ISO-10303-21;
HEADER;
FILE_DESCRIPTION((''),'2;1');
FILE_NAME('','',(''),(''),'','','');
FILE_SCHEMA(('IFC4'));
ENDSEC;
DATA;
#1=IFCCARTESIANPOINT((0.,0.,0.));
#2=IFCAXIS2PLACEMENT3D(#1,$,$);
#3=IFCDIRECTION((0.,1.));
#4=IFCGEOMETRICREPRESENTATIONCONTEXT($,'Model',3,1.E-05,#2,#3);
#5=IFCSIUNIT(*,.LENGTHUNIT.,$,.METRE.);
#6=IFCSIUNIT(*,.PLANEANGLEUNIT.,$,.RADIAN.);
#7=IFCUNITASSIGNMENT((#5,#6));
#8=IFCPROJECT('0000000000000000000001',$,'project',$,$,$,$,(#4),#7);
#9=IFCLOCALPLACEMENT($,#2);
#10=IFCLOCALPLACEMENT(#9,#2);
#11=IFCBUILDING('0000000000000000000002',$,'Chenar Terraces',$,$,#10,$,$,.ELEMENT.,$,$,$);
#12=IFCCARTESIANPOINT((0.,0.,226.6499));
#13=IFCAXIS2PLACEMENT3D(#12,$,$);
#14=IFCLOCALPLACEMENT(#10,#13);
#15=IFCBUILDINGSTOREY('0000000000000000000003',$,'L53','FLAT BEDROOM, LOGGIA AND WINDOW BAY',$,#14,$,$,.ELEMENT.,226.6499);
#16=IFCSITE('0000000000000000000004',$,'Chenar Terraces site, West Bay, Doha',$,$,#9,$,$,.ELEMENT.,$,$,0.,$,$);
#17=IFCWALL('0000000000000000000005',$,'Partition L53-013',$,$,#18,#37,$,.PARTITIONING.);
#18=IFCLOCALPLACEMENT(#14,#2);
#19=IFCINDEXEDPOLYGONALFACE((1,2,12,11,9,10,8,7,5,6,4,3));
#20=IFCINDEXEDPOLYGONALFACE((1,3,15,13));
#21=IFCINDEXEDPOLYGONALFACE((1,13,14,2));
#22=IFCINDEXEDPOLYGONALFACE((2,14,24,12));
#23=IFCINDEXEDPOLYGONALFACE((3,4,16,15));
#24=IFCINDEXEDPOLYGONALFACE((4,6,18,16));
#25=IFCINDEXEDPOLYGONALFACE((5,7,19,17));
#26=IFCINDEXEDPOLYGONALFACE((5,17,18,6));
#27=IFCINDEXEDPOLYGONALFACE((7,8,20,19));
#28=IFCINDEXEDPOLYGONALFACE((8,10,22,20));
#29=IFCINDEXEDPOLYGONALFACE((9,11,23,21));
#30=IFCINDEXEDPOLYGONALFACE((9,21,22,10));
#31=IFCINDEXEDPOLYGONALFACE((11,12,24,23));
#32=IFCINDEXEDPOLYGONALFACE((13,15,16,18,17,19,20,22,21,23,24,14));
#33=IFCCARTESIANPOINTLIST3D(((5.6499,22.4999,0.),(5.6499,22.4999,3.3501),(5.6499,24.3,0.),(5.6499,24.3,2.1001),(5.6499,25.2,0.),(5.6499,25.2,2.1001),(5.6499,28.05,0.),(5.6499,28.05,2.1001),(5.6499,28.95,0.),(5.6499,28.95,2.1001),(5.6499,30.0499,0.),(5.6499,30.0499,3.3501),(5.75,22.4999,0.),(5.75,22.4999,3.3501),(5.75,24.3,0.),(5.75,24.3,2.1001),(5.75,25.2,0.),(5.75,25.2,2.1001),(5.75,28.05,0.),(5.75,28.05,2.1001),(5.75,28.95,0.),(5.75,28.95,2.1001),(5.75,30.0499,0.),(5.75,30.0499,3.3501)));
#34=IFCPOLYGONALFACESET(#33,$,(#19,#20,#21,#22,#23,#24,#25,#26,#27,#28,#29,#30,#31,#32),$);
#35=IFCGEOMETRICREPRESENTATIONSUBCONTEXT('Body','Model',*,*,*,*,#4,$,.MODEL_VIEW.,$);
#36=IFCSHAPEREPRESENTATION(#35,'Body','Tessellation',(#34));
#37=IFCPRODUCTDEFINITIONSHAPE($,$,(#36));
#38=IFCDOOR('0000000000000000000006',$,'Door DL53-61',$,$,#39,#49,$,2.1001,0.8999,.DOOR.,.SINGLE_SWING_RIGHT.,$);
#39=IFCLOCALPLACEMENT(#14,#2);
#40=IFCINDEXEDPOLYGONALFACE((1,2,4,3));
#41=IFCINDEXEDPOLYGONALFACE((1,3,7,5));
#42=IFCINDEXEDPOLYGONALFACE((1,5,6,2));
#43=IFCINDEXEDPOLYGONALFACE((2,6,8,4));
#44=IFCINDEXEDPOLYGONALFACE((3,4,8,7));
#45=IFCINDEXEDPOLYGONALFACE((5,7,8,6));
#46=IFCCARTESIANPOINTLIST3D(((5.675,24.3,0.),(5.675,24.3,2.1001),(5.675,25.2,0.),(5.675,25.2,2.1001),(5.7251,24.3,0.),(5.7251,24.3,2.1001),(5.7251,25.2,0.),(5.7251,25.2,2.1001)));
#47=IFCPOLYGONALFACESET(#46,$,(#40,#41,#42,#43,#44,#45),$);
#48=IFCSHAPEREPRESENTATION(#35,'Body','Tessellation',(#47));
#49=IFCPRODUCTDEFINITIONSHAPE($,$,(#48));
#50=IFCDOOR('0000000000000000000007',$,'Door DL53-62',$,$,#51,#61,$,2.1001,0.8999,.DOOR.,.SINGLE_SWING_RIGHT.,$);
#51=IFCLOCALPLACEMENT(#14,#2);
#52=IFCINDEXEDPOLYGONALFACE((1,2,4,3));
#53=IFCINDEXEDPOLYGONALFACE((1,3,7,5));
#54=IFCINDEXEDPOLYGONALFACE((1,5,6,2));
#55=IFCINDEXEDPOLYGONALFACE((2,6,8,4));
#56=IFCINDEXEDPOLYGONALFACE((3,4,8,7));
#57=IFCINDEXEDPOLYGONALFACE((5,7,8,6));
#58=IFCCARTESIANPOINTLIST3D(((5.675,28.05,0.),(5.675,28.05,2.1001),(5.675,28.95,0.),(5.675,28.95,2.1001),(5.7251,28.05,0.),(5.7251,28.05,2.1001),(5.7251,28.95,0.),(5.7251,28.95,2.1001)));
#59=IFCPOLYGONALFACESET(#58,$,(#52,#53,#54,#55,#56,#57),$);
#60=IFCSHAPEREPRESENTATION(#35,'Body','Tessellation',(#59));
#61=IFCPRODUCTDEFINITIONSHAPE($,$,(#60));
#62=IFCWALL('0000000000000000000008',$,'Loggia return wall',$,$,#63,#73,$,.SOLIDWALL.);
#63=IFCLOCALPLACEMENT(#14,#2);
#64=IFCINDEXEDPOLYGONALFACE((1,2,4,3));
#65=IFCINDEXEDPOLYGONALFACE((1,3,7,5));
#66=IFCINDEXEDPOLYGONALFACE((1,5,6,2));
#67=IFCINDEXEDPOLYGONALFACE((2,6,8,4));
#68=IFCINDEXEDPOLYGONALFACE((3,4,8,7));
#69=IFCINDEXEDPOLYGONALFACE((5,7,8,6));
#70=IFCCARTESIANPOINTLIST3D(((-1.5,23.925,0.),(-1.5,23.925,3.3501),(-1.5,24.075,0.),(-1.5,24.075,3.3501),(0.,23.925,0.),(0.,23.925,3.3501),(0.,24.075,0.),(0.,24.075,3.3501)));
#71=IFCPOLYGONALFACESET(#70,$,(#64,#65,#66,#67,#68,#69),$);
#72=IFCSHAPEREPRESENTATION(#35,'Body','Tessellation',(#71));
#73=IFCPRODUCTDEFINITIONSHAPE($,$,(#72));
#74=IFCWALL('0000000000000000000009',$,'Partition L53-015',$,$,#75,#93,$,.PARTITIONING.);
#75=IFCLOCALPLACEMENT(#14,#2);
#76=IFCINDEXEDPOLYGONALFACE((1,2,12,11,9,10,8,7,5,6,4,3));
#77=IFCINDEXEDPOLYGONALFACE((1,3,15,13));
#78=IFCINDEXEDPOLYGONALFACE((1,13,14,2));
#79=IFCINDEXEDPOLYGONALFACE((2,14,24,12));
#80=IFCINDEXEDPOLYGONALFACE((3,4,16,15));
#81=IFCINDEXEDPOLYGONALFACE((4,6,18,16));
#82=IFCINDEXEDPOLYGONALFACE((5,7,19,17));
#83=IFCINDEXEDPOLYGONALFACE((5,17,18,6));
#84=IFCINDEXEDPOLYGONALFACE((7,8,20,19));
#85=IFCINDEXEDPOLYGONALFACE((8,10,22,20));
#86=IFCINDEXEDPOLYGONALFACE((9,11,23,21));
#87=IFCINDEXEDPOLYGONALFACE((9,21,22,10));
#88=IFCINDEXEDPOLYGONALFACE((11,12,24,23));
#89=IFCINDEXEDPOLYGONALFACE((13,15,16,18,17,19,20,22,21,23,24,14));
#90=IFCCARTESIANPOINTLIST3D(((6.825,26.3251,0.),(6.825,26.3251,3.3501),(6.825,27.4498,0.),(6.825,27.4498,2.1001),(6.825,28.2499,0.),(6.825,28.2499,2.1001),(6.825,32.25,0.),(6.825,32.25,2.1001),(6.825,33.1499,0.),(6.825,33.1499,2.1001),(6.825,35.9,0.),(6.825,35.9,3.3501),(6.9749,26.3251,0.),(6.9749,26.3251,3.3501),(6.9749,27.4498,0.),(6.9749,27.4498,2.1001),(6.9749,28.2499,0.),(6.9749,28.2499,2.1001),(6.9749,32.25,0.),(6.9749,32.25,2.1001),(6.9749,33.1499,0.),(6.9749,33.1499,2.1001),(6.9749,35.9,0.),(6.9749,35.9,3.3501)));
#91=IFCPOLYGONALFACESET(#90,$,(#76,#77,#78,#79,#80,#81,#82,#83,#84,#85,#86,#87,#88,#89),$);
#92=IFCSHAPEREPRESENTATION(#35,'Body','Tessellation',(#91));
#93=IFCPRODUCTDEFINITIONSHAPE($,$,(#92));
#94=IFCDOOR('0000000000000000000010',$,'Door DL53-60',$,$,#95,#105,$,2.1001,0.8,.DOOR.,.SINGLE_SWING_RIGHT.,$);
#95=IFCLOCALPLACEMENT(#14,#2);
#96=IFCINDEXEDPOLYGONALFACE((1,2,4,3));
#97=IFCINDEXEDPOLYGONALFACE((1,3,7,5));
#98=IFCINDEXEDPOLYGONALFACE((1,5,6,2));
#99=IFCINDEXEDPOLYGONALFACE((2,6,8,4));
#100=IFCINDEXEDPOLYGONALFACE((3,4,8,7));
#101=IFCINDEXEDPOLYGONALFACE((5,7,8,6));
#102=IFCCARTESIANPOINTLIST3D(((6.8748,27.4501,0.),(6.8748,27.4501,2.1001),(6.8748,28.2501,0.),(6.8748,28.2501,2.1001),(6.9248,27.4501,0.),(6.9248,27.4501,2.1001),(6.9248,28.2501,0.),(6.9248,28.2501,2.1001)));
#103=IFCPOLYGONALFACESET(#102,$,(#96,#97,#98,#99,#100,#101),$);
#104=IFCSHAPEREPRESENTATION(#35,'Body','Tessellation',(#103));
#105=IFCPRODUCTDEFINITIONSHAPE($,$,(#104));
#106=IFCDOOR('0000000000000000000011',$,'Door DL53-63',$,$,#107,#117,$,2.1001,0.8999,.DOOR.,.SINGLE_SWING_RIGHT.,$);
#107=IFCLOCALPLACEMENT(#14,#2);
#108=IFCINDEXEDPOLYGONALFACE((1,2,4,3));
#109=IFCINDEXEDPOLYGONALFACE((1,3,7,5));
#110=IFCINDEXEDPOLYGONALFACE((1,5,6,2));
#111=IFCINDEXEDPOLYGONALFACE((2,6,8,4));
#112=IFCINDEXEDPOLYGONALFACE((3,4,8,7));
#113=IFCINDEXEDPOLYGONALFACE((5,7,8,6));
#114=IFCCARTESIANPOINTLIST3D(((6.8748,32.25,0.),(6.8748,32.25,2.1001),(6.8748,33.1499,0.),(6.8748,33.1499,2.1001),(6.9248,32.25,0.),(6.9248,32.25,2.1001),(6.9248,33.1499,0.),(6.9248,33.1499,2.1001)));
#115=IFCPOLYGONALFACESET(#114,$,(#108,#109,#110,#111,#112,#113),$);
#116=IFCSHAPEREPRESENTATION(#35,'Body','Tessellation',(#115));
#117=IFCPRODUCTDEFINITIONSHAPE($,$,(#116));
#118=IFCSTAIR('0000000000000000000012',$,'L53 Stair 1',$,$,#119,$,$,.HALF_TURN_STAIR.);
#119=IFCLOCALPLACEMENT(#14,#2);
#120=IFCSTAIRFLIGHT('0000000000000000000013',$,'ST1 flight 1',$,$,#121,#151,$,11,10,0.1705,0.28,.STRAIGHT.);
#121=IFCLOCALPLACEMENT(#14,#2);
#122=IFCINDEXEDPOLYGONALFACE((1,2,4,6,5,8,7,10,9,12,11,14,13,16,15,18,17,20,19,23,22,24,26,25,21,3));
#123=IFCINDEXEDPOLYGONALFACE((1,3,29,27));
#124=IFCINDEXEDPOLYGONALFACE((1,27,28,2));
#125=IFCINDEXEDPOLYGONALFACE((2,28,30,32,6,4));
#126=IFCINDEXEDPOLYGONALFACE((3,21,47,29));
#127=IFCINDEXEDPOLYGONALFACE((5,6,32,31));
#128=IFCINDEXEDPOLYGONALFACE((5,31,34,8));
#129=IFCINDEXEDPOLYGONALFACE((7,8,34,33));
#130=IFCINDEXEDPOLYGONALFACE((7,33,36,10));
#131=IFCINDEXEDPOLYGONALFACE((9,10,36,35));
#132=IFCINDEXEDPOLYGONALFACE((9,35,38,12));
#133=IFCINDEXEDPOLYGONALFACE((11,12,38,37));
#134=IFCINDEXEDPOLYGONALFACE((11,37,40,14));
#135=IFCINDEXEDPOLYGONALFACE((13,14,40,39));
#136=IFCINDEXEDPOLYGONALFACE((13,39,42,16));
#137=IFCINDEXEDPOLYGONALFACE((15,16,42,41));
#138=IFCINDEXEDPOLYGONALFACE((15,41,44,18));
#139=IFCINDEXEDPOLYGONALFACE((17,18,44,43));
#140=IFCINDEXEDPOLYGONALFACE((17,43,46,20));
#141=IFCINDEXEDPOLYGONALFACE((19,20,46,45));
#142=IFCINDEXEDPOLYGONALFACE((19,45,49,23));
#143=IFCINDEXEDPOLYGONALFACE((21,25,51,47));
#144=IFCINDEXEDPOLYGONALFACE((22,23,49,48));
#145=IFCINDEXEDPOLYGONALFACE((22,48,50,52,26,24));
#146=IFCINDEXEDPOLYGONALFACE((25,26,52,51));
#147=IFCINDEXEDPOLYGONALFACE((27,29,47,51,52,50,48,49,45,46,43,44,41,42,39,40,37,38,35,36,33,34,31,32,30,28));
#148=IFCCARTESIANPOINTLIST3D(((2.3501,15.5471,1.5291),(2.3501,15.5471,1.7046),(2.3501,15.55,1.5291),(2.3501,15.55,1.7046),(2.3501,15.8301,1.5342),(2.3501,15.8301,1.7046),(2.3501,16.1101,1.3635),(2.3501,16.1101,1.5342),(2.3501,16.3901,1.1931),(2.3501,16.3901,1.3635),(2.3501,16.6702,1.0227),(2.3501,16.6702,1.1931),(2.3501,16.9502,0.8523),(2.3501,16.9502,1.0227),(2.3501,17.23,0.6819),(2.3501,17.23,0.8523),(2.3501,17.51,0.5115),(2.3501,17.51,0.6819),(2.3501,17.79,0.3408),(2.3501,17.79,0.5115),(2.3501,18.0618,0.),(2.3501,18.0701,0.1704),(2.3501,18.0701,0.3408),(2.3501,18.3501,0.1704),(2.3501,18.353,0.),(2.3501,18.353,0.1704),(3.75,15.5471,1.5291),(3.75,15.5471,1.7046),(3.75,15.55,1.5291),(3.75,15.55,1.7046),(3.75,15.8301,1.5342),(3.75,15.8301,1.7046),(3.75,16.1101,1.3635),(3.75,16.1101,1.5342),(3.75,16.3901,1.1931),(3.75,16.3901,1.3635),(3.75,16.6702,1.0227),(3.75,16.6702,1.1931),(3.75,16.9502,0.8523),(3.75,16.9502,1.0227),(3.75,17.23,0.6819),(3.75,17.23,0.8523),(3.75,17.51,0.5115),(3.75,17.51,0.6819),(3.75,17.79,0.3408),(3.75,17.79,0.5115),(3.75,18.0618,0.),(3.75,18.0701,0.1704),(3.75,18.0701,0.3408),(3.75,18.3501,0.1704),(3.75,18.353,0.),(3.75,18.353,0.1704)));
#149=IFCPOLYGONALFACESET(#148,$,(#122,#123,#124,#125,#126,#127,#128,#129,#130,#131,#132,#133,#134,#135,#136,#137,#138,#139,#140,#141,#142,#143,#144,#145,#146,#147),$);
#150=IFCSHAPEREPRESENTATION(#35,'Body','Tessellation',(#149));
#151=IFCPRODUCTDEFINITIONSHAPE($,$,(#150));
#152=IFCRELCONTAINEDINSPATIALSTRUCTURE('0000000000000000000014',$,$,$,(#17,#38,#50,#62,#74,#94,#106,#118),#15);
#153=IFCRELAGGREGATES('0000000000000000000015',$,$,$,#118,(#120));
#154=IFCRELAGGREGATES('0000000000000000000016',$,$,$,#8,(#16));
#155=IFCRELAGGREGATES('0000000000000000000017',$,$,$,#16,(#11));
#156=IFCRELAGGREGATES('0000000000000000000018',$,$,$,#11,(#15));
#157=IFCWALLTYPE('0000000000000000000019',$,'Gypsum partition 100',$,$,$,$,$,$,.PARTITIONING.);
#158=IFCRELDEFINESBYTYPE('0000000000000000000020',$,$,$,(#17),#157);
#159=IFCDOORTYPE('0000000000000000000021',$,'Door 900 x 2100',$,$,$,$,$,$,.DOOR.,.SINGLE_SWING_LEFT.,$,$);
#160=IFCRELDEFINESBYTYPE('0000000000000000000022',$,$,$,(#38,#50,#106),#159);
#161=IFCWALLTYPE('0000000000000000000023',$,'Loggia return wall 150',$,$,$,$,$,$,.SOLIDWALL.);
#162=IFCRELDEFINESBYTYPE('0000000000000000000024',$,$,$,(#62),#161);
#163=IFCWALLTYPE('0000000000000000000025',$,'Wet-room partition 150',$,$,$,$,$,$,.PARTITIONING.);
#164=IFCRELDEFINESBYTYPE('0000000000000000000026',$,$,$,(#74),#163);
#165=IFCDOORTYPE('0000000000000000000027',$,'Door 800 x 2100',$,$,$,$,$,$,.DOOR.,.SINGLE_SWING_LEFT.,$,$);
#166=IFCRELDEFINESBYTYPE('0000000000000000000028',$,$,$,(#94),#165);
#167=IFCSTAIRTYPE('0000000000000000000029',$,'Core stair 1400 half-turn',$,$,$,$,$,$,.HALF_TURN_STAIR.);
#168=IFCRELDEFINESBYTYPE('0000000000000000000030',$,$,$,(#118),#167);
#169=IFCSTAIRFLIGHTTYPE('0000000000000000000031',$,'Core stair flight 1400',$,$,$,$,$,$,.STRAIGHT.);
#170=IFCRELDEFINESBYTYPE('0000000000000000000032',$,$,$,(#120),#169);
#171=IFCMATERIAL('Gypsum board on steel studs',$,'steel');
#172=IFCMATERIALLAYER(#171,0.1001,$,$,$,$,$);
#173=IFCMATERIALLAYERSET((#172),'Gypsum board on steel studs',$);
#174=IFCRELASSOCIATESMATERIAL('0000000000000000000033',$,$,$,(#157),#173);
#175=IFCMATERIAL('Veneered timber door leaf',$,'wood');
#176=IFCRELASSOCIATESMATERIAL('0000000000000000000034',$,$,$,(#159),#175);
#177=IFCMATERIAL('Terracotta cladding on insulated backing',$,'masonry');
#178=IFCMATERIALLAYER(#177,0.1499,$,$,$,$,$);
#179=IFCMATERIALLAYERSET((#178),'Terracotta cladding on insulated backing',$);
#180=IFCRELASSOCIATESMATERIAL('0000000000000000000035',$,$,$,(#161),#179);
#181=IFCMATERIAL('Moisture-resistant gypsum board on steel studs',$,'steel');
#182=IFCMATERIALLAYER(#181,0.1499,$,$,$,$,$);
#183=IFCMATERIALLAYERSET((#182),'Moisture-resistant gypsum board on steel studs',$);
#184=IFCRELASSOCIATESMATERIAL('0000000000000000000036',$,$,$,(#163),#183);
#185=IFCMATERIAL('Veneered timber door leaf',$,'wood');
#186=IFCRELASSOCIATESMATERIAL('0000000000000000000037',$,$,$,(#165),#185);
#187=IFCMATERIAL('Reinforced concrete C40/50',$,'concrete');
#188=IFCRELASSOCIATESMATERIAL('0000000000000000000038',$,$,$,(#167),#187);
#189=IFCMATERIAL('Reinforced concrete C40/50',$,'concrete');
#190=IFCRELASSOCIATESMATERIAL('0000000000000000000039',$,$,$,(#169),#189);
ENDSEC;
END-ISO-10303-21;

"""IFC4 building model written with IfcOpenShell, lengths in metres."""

from ifc_helpers import new_model, si_unit, direction, frame, frame_2d, origin, place, context, subcontext, project, spatial, polyline, rectangle, outline, extrude, material, layer, layer_set, type_object, element, fill, aggregate, save


model = new_model("IFC4")

# Units and contexts
model_context = context("Model", 3, precision=1e-05, world=origin(), true_north=direction((0.0, 1.0)))
body_context = subcontext(model_context, "Body", "Model", "MODEL_VIEW")
ifc_project = project(units=[si_unit("LENGTHUNIT", "METRE"), si_unit("PLANEANGLEUNIT", "RADIAN")], contexts=[model_context])

# Site, building, storey
site_placement = place(None, origin())
site = spatial("IfcSite", under=ifc_project, at=site_placement, Name="Chenar Terraces site, West Bay, Doha", CompositionType="ELEMENT", RefElevation=0.0)
building_placement = place(site_placement, origin())
building = spatial("IfcBuilding", under=site, at=building_placement, Name="Chenar Terraces", CompositionType="ELEMENT")
storey_placement = place(building_placement, frame((0.0, 0.0, 226.6499)))
storey = spatial("IfcBuildingStorey", under=building, at=storey_placement, Name="L53", Description="FLAT BEDROOM, LOGGIA AND WINDOW BAY", CompositionType="ELEMENT", Elevation=226.6499)

# Shared definitions
ifc_material_1 = material(Name="Gypsum board on steel studs", Category="steel")
ifc_layer_1 = layer(ifc_material_1, 0.1001)
ifc_layer_set_1 = layer_set([ifc_layer_1], Name="Gypsum board on steel studs")
wall_type_1 = type_object("IfcWallType", Name="Gypsum partition 100", PredefinedType="PARTITIONING", material=ifc_layer_set_1)

# Wall, openings, doors
wall_1_placement = place(storey_placement, frame((5.7, 22.5, 0.0), z_axis=(0.0, 0.0, 1.0), x_axis=(0.0, 1.0, 0.0)))
wall_1 = element("IfcWall", 1, at=wall_1_placement, inside=storey, type_object=wall_type_1, Name="Partition L53-013", PredefinedType="PARTITIONING", context=body_context, shape_type="SweptSolid", body=[
    extrude(rectangle(XDim=7.55, YDim=0.1001, at=frame_2d((3.7749, 0.0))), origin(), (0.0, 0.0, 1.0), 3.3501),
])
opening_1_placement = place(wall_1_placement, frame((1.8, 0.0, 0.0)))
opening_1 = element("IfcOpeningElement", 2, at=opening_1_placement, cuts=wall_1, PredefinedType="OPENING", context=body_context, shape_type="SweptSolid", body=[
    extrude(rectangle(XDim=0.8999, YDim=2.1001, at=frame_2d((0.45, 1.05))), frame((0.0, 0.0601, 0.0), z_axis=(0.0, -1.0, 0.0), x_axis=(1.0, 0.0, 0.0)), (0.0, 0.0, 1.0), 0.1201),
])
opening_2_placement = place(wall_1_placement, frame((5.55, 0.0, 0.0)))
opening_2 = element("IfcOpeningElement", 3, at=opening_2_placement, cuts=wall_1, PredefinedType="OPENING", context=body_context, shape_type="SweptSolid", body=[
    extrude(rectangle(XDim=0.8999, YDim=2.1001, at=frame_2d((0.45, 1.05))), frame((0.0, 0.0601, 0.0), z_axis=(0.0, -1.0, 0.0), x_axis=(1.0, 0.0, 0.0)), (0.0, 0.0, 1.0), 0.1201),
])
ifc_material_2 = material(Name="Veneered timber door leaf", Category="wood")
door_type_1 = type_object("IfcDoorType", Name="Door 900 x 2100", OperationType="SINGLE_SWING_LEFT", PredefinedType="DOOR", material=ifc_material_2)
door_1_placement = place(opening_1_placement, origin())
door_1 = element("IfcDoor", 4, at=door_1_placement, inside=storey, type_object=door_type_1, Name="Door DL53-61", OperationType="SINGLE_SWING_RIGHT", OverallHeight=2.1001, OverallWidth=0.8999, PredefinedType="DOOR", context=body_context, shape_type="SweptSolid", body=[
    extrude(rectangle(XDim=0.8999, YDim=2.1001, at=frame_2d((0.45, 1.05))), frame((0.0, 0.0249, 0.0), z_axis=(0.0, -1.0, 0.0), x_axis=(1.0, 0.0, 0.0)), (0.0, 0.0, 1.0), 0.05),
])
fill(opening_1, door_1)
door_2_placement = place(opening_2_placement, origin())
door_2 = element("IfcDoor", 5, at=door_2_placement, inside=storey, type_object=door_type_1, Name="Door DL53-62", OperationType="SINGLE_SWING_RIGHT", OverallHeight=2.1001, OverallWidth=0.8999, PredefinedType="DOOR", context=body_context, shape_type="SweptSolid", body=[
    extrude(rectangle(XDim=0.8999, YDim=2.1001, at=frame_2d((0.45, 1.05))), frame((0.0, 0.0249, 0.0), z_axis=(0.0, -1.0, 0.0), x_axis=(1.0, 0.0, 0.0)), (0.0, 0.0, 1.0), 0.05),
])
fill(opening_2, door_2)

# Wall
ifc_material_3 = material(Name="Terracotta cladding on insulated backing", Category="masonry")
ifc_layer_2 = layer(ifc_material_3, 0.1499)
ifc_layer_set_2 = layer_set([ifc_layer_2], Name="Terracotta cladding on insulated backing")
wall_type_2 = type_object("IfcWallType", Name="Loggia return wall 150", PredefinedType="SOLIDWALL", material=ifc_layer_set_2)
wall_2_placement = place(storey_placement, frame((-1.5, 24.0, 0.0), z_axis=(0.0, 0.0, 1.0), x_axis=(1.0, 0.0, 0.0)))
element("IfcWall", 6, at=wall_2_placement, inside=storey, type_object=wall_type_2, Name="Loggia return wall", PredefinedType="SOLIDWALL", context=body_context, shape_type="SweptSolid", body=[
    extrude(rectangle(XDim=1.5, YDim=0.1499, at=frame_2d((0.75, 0.0))), origin(), (0.0, 0.0, 1.0), 3.3501),
])

# Wall, openings, doors
ifc_material_4 = material(Name="Moisture-resistant gypsum board on steel studs", Category="steel")
ifc_layer_3 = layer(ifc_material_4, 0.1499)
ifc_layer_set_3 = layer_set([ifc_layer_3], Name="Moisture-resistant gypsum board on steel studs")
wall_type_3 = type_object("IfcWallType", Name="Wet-room partition 150", PredefinedType="PARTITIONING", material=ifc_layer_set_3)
wall_3_placement = place(storey_placement, frame((6.8999, 26.325, 0.0), z_axis=(0.0, 0.0, 1.0), x_axis=(0.0, 1.0, 0.0)))
wall_3 = element("IfcWall", 7, at=wall_3_placement, inside=storey, type_object=wall_type_3, Name="Partition L53-015", PredefinedType="PARTITIONING", context=body_context, shape_type="SweptSolid", body=[
    extrude(rectangle(XDim=9.575, YDim=0.1499, at=frame_2d((4.7876, 0.0))), origin(), (0.0, 0.0, 1.0), 3.3501),
])
opening_3_placement = place(wall_3_placement, frame((1.125, 0.0, 0.0)))
opening_3 = element("IfcOpeningElement", 8, at=opening_3_placement, cuts=wall_3, PredefinedType="OPENING", context=body_context, shape_type="SweptSolid", body=[
    extrude(rectangle(XDim=0.8, YDim=2.1001, at=frame_2d((0.3999, 1.05))), frame((0.0, 0.085, 0.0), z_axis=(0.0, -1.0, 0.0), x_axis=(1.0, 0.0, 0.0)), (0.0, 0.0, 1.0), 0.1699),
])
opening_4_placement = place(wall_3_placement, frame((5.925, 0.0, 0.0)))
opening_4 = element("IfcOpeningElement", 9, at=opening_4_placement, cuts=wall_3, PredefinedType="OPENING", context=body_context, shape_type="SweptSolid", body=[
    extrude(rectangle(XDim=0.8999, YDim=2.1001, at=frame_2d((0.45, 1.05))), frame((0.0, 0.085, 0.0), z_axis=(0.0, -1.0, 0.0), x_axis=(1.0, 0.0, 0.0)), (0.0, 0.0, 1.0), 0.1699),
])
ifc_material_5 = material(Name="Veneered timber door leaf", Category="wood")
door_type_2 = type_object("IfcDoorType", Name="Door 800 x 2100", OperationType="SINGLE_SWING_LEFT", PredefinedType="DOOR", material=ifc_material_5)
door_3_placement = place(opening_3_placement, frame((0.8, 0.0, 0.0), z_axis=(0.0, 0.0, 1.0), x_axis=(-1.0, 0.0, 0.0)))
door_3 = element("IfcDoor", 10, at=door_3_placement, inside=storey, type_object=door_type_2, Name="Door DL53-60", OperationType="SINGLE_SWING_RIGHT", OverallHeight=2.1001, OverallWidth=0.8, PredefinedType="DOOR", context=body_context, shape_type="SweptSolid", body=[
    extrude(rectangle(XDim=0.8, YDim=2.1001, at=frame_2d((0.3999, 1.05))), frame((0.0, 0.0249, 0.0), z_axis=(0.0, -1.0, 0.0), x_axis=(1.0, 0.0, 0.0)), (0.0, 0.0, 1.0), 0.05),
])
fill(opening_3, door_3)
door_4_placement = place(opening_4_placement, frame((0.8999, 0.0, 0.0), z_axis=(0.0, 0.0, 1.0), x_axis=(-1.0, 0.0, 0.0)))
door_4 = element("IfcDoor", 11, at=door_4_placement, inside=storey, type_object=door_type_1, Name="Door DL53-63", OperationType="SINGLE_SWING_RIGHT", OverallHeight=2.1001, OverallWidth=0.8999, PredefinedType="DOOR", context=body_context, shape_type="SweptSolid", body=[
    extrude(rectangle(XDim=0.8999, YDim=2.1001, at=frame_2d((0.45, 1.05))), frame((0.0, 0.0249, 0.0), z_axis=(0.0, -1.0, 0.0), x_axis=(1.0, 0.0, 0.0)), (0.0, 0.0, 1.0), 0.05),
])
fill(opening_4, door_4)

# Stair, stair flight
ifc_material_6 = material(Name="Reinforced concrete C40/50", Category="concrete")
stair_type = type_object("IfcStairType", Name="Core stair 1400 half-turn", PredefinedType="HALF_TURN_STAIR", material=ifc_material_6)
stair_placement = place(storey_placement, origin())
stair = element("IfcStair", 12, at=stair_placement, inside=storey, type_object=stair_type, Name="L53 Stair 1", PredefinedType="HALF_TURN_STAIR")
ifc_material_7 = material(Name="Reinforced concrete C40/50", Category="concrete")
stair_flight_type = type_object("IfcStairFlightType", Name="Core stair flight 1400", PredefinedType="STRAIGHT", material=ifc_material_7)
stair_flight_1_placement = place(storey_placement, frame((3.05, 18.3501, 0.0), z_axis=(0.0, 0.0, 1.0), x_axis=(0.0, -1.0, 0.0)))
stair_flight_1 = element("IfcStairFlight", 13, at=stair_flight_1_placement, type_object=stair_flight_type, Name="ST1 flight 1", NumberOfRisers=11, NumberOfTreads=10, PredefinedType="STRAIGHT", RiserHeight=0.1705, TreadLength=0.28, context=body_context, shape_type="SweptSolid", body=[
    extrude(outline(polyline([(-0.0029, 0.0), (-0.0029, 0.1704), (0.0, 0.1704), (0.28, 0.1704), (0.28, 0.3408), (0.5601, 0.3408), (0.5601, 0.5115), (0.8401, 0.5115), (0.8401, 0.6819), (1.1201, 0.6819), (1.1201, 0.8523), (1.3999, 0.8523), (1.3999, 1.0227), (1.6799, 1.0227), (1.6799, 1.1931), (1.96, 1.1931), (1.96, 1.3635), (2.24, 1.3635), (2.24, 1.5342), (2.52, 1.5342), (2.52, 1.7046), (2.8, 1.7046), (2.803, 1.7046), (2.803, 1.5291), (2.8, 1.5291), (0.2883, 0.0), (-0.0029, 0.0)])), frame((0.0, 0.7, 0.0), z_axis=(0.0, -1.0, 0.0), x_axis=(1.0, 0.0, 0.0)), (0.0, 0.0, 1.0), 1.3999),
])
aggregate(stair, [stair_flight_1])

save(model, "model.ifc")
